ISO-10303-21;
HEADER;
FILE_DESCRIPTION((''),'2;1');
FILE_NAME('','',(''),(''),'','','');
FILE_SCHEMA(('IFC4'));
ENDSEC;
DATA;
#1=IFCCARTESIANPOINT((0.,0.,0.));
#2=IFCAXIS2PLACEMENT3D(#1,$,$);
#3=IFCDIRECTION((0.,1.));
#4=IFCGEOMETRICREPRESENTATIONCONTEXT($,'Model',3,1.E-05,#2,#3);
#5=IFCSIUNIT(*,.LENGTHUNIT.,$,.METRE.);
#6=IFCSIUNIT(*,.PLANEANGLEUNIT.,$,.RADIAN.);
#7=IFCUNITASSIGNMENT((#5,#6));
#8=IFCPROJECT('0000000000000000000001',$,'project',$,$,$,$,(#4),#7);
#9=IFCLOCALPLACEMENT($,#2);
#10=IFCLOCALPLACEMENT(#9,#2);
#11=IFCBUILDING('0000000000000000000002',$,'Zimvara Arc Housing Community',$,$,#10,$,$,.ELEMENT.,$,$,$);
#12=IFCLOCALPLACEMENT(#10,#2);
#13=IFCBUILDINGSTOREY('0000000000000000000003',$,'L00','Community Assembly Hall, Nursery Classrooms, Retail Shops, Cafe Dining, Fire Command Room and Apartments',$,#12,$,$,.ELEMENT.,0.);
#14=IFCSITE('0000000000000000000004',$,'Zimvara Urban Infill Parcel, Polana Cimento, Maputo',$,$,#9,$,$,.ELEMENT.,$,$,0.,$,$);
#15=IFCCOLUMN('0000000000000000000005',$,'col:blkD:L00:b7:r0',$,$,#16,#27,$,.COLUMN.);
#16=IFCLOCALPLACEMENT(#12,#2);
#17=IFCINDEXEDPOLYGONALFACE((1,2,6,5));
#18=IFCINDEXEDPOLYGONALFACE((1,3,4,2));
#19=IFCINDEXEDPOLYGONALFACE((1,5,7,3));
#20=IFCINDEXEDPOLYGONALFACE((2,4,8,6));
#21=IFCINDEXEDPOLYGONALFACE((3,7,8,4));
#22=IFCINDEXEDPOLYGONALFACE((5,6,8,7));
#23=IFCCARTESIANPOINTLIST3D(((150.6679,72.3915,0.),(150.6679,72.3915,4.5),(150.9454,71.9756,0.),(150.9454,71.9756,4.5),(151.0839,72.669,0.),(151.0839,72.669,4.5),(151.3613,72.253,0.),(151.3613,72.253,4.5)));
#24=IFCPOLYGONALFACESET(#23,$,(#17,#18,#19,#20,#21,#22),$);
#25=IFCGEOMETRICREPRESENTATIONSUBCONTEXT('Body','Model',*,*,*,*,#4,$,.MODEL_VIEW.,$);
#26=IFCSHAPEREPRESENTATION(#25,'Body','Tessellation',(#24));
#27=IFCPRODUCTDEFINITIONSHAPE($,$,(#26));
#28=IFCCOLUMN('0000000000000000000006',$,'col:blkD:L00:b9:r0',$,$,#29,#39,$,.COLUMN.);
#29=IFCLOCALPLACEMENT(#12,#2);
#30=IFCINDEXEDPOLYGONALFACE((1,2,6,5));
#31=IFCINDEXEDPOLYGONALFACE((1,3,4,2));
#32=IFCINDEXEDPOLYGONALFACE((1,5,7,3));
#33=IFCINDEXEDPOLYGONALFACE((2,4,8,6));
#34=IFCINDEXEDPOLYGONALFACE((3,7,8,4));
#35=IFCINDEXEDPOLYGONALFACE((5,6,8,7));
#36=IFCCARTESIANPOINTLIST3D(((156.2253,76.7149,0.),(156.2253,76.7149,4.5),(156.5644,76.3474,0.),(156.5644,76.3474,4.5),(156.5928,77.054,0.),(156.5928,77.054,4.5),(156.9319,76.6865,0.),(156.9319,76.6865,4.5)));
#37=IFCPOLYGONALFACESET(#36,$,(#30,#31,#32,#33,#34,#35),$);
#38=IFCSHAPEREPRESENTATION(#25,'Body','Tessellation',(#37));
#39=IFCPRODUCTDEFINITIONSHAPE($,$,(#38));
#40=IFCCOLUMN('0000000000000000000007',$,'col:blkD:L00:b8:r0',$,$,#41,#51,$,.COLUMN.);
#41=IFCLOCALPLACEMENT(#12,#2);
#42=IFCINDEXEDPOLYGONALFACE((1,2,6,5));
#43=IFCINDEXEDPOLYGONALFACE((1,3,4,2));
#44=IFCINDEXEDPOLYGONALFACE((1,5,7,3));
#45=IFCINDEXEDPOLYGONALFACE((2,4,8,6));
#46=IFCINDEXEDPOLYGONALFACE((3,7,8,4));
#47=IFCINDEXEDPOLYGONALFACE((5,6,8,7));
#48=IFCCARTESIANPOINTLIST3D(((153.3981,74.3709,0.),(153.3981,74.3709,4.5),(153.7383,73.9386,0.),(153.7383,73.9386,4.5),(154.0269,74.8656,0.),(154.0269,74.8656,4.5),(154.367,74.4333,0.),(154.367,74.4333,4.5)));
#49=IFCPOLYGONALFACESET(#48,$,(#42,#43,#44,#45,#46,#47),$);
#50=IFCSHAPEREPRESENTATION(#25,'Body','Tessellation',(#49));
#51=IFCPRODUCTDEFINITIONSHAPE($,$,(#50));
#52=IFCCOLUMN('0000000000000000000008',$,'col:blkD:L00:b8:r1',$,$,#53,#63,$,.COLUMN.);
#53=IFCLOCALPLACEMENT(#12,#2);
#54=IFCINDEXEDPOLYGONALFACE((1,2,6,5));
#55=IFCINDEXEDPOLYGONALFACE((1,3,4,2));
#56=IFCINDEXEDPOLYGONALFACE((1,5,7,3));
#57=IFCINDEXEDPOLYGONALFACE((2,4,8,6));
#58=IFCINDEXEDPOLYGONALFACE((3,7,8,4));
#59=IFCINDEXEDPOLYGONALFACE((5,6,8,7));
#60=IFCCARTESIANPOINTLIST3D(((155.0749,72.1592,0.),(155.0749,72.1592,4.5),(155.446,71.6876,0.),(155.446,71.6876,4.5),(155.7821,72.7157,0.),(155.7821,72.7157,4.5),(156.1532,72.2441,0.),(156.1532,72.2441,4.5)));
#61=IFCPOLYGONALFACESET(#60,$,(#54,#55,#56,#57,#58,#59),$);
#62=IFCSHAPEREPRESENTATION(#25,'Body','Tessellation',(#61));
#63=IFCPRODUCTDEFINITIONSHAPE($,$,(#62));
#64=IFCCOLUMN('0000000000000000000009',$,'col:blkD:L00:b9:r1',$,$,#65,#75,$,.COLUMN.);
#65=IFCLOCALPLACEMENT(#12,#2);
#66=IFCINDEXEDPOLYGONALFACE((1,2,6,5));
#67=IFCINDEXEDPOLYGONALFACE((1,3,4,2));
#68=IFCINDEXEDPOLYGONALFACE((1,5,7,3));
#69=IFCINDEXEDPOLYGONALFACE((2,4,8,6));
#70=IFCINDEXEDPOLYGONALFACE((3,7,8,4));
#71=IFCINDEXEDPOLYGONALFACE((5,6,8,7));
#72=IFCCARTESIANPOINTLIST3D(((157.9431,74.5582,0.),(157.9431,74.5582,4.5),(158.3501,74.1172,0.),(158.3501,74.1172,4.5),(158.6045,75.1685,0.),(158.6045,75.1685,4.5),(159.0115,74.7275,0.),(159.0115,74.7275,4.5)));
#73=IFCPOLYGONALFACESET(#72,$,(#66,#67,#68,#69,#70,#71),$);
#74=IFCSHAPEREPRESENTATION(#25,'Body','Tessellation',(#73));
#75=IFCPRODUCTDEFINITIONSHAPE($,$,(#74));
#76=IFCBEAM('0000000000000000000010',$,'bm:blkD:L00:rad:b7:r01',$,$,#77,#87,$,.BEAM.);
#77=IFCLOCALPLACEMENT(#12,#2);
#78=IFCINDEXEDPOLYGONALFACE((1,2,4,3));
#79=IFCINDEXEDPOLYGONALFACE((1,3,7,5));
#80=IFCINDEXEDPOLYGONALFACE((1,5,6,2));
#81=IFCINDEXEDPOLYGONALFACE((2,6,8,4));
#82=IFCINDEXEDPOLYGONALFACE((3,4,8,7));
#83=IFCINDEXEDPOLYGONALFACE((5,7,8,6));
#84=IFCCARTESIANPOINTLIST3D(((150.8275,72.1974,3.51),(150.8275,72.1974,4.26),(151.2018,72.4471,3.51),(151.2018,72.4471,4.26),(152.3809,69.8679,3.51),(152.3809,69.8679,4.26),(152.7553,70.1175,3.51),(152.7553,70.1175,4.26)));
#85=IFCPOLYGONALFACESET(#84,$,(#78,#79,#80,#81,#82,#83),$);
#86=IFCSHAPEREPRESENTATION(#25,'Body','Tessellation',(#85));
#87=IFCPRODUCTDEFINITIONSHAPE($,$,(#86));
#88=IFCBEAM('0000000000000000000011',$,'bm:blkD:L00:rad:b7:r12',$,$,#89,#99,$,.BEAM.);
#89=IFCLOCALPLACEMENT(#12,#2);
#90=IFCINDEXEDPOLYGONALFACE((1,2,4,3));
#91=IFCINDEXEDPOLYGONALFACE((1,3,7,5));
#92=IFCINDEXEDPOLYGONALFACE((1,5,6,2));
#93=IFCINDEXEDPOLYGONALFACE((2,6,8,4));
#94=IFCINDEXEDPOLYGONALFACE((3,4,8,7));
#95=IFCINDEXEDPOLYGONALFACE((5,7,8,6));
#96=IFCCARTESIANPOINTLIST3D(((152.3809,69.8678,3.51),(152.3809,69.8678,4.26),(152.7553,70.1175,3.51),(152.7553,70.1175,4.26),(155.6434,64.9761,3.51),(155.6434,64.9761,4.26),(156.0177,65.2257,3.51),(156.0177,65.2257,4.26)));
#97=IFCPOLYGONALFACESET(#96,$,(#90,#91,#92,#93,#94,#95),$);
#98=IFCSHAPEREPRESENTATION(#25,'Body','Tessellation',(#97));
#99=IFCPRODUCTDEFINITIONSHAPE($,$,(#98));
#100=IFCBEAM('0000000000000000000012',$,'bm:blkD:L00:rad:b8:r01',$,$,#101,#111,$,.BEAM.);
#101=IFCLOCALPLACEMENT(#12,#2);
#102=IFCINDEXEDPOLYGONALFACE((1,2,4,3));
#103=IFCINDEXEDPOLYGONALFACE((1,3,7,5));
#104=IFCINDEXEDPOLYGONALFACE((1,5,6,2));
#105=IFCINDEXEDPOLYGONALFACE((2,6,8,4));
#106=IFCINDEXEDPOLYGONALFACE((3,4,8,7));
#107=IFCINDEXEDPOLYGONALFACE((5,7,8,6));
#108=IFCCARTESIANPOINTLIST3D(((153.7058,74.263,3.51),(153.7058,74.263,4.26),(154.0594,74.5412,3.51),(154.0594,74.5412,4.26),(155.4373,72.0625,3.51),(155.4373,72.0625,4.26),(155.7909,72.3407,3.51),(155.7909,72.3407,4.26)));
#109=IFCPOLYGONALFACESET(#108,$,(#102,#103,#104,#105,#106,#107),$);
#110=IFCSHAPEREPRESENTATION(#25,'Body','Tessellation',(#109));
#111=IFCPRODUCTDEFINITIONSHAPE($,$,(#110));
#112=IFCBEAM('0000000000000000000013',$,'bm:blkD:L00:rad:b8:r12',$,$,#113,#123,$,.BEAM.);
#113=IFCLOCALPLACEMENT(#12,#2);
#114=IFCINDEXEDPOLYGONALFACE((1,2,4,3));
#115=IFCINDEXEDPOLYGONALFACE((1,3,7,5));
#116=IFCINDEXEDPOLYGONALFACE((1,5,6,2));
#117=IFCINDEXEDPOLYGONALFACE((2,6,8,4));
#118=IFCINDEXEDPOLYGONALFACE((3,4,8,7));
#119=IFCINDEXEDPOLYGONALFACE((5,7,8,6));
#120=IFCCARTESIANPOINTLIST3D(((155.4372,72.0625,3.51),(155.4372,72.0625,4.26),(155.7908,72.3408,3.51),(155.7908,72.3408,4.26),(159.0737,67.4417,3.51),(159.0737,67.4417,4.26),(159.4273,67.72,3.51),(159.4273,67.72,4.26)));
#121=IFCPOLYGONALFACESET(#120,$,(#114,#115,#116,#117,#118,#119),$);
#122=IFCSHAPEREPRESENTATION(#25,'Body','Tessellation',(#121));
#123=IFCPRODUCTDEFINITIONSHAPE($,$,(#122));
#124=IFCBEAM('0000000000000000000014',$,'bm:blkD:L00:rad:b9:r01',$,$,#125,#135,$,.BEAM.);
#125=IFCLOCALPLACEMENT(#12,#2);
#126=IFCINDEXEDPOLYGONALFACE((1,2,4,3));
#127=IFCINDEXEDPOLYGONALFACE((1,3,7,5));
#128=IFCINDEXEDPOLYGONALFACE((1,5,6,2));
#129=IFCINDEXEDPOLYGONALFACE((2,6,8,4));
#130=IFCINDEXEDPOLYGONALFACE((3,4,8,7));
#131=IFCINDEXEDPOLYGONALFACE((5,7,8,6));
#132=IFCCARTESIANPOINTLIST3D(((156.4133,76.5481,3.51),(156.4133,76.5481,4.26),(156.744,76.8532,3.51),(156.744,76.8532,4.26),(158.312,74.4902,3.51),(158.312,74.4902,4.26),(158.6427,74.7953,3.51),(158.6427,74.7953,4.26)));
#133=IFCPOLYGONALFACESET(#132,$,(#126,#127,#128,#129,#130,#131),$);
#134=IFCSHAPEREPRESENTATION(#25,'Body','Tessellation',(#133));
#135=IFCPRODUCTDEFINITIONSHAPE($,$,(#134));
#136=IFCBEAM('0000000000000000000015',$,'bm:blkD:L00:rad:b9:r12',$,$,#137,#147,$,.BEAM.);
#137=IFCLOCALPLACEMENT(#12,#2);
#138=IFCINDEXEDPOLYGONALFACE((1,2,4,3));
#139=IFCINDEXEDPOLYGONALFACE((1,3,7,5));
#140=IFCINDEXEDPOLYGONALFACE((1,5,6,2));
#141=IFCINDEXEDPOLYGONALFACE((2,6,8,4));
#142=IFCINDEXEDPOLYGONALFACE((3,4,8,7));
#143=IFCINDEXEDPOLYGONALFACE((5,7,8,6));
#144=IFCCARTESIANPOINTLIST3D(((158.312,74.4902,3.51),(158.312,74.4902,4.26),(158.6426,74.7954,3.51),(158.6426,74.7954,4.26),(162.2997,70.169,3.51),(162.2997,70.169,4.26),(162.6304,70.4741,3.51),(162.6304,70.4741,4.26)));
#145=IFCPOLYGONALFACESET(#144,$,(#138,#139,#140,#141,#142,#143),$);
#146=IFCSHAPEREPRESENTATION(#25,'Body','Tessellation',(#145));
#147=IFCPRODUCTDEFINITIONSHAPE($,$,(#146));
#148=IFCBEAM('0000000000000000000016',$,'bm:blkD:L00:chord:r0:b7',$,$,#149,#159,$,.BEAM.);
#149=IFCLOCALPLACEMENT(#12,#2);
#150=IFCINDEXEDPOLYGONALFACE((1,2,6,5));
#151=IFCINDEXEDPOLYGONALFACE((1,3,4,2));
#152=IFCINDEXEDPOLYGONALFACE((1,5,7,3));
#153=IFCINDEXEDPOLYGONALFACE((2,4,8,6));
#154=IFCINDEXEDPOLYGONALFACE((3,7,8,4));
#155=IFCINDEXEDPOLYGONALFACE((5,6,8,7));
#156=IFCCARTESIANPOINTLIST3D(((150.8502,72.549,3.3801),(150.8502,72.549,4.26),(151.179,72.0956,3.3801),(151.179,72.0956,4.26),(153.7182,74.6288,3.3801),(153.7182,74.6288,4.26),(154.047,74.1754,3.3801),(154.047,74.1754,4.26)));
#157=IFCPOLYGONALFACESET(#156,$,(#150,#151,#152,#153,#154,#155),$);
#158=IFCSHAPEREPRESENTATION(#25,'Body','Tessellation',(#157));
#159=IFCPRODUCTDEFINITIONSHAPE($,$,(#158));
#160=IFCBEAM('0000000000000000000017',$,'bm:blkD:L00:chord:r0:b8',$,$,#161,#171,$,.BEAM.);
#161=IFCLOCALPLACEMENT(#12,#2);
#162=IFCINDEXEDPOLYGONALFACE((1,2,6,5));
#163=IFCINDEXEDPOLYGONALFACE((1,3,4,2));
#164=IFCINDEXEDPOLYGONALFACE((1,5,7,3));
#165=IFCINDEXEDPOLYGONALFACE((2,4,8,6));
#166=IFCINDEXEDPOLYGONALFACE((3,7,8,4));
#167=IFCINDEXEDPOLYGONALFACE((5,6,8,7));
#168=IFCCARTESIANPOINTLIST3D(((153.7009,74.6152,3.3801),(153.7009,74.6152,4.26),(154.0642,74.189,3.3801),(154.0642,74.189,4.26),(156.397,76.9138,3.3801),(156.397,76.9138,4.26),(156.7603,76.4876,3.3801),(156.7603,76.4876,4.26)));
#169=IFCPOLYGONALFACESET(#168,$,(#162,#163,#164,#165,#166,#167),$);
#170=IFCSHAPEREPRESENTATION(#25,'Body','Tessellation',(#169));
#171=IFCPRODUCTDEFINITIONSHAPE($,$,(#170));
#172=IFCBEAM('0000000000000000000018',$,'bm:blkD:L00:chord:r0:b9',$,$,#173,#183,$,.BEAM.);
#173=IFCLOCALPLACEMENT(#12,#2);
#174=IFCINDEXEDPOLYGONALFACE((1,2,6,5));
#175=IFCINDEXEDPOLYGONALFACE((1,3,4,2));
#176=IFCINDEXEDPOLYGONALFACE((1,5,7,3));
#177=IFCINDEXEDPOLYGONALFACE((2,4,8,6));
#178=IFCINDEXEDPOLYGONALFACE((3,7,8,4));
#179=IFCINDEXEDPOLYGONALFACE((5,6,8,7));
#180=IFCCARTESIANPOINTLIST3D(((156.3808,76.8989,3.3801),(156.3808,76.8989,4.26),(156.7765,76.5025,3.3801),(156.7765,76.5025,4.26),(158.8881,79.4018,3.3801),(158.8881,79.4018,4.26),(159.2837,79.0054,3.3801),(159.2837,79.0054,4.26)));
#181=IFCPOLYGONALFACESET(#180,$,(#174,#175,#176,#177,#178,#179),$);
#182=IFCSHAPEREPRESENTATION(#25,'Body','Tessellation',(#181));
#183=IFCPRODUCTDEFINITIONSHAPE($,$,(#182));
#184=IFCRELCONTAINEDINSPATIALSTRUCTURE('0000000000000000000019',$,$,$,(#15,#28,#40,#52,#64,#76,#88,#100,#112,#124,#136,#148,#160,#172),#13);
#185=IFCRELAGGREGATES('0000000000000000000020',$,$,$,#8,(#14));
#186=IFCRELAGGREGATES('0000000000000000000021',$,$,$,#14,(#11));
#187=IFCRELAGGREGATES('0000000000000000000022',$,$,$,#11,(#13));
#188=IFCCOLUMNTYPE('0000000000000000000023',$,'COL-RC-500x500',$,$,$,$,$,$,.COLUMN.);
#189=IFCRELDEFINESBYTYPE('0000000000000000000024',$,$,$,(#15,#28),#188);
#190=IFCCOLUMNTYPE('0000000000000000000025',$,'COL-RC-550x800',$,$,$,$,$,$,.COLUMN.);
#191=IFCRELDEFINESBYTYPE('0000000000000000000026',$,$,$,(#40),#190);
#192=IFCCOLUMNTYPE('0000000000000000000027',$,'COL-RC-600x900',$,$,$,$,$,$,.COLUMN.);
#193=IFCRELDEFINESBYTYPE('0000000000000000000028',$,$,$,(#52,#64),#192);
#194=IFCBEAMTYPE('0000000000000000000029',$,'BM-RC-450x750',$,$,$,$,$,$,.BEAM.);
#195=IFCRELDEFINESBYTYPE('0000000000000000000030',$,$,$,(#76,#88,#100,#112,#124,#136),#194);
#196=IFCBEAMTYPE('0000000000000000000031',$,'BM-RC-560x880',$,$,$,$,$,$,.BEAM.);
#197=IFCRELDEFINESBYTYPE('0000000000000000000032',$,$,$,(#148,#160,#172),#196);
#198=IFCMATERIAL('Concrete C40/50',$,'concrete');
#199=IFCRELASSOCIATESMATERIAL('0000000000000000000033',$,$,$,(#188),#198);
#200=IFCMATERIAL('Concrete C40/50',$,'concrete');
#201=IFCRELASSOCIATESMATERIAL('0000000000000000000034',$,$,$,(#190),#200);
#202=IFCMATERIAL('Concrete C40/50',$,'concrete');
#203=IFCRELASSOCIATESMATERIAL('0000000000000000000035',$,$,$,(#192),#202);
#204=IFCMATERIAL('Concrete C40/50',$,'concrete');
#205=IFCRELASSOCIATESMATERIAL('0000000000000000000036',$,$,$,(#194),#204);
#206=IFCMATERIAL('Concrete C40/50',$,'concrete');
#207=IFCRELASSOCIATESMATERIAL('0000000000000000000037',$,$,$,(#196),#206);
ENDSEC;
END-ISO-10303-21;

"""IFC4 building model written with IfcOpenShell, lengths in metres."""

from ifc_helpers import new_model, si_unit, direction, frame, origin, origin_2d, place, context, subcontext, project, spatial, rectangle, extrude, material, material_profile, profile_set, type_object, element, save


model = new_model("IFC4")

# Units and contexts
model_context = context("Model", 3, precision=1e-05, world=origin(), true_north=direction((0.0, 1.0)))
body_context = subcontext(model_context, "Body", "Model", "MODEL_VIEW")
ifc_project = project(units=[si_unit("LENGTHUNIT", "METRE"), si_unit("PLANEANGLEUNIT", "RADIAN")], contexts=[model_context])

# Site, building, storey
site_placement = place(None, origin())
site = spatial("IfcSite", under=ifc_project, at=site_placement, Name="Zimvara Urban Infill Parcel, Polana Cimento, Maputo", CompositionType="ELEMENT", RefElevation=0.0)
building_placement = place(site_placement, origin())
building = spatial("IfcBuilding", under=site, at=building_placement, Name="Zimvara Arc Housing Community", CompositionType="ELEMENT")
storey_placement = place(building_placement, origin())
storey = spatial("IfcBuildingStorey", under=building, at=storey_placement, Name="L00", Description="Community Assembly Hall, Nursery Classrooms, Retail Shops, Cafe Dining, Fire Command Room and Apartments", CompositionType="ELEMENT", Elevation=0.0)

# Columns
ifc_material_1 = material(Name="Concrete C40/50", Category="concrete")
ifc_material_profile_1 = material_profile(ifc_material_1, rectangle(XDim=0.5, YDim=0.5, at=origin_2d()), Name="RC 500x500")
ifc_profile_set_1 = profile_set([ifc_material_profile_1], Name="Concrete C40/50")
column_type_1 = type_object("IfcColumnType", Name="COL-RC-500x500", PredefinedType="COLUMN", material=ifc_profile_set_1)
for number, where, z_axis, x_axis, name in (
    (1, (151.0146, 72.3223, 0.0), (0.0, 0.0, 1.0), (0.554844, -0.831954, 0.0), "col:blkD:L00:b7:r0"),
    (2, (156.5786, 76.7007, 0.0), (0.0, 0.0, 1.0), (0.67816, -0.734915, 0.0), "col:blkD:L00:b9:r0"),
):
    element("IfcColumn", number, at=place(storey_placement, frame(where, z_axis=z_axis, x_axis=x_axis)), inside=storey, type_object=column_type_1, Name=name, PredefinedType="COLUMN", context=body_context, shape_type="SweptSolid", body=[
        extrude(rectangle(XDim=0.5, YDim=0.5, at=origin_2d()), origin(), (0.0, 0.0, 1.0), 4.5),
    ])
ifc_material_2 = material(Name="Concrete C40/50", Category="concrete")
ifc_material_profile_2 = material_profile(ifc_material_2, rectangle(XDim=0.55, YDim=0.8, at=origin_2d()), Name="RC 550x800")
ifc_profile_set_2 = profile_set([ifc_material_profile_2], Name="Concrete C40/50")
column_type_2 = type_object("IfcColumnType", Name="COL-RC-550x800", PredefinedType="COLUMN", material=ifc_profile_set_2)
column_placement = place(storey_placement, frame((153.8826, 74.4021, 0.0), z_axis=(0.0, 0.0, 1.0), x_axis=(0.618408, -0.785857, 0.0)))
element("IfcColumn", 3, at=column_placement, inside=storey, type_object=column_type_2, Name="col:blkD:L00:b8:r0", PredefinedType="COLUMN", context=body_context, shape_type="SweptSolid", body=[
    extrude(rectangle(XDim=0.55, YDim=0.8, at=origin_2d()), origin(), (0.0, 0.0, 1.0), 4.5),
])
ifc_material_3 = material(Name="Concrete C40/50", Category="concrete")
ifc_material_profile_3 = material_profile(ifc_material_3, rectangle(XDim=0.6001, YDim=0.8999, at=origin_2d()), Name="RC 600x900")
ifc_profile_set_3 = profile_set([ifc_material_profile_3], Name="Concrete C40/50")
column_type_3 = type_object("IfcColumnType", Name="COL-RC-600x900", PredefinedType="COLUMN", material=ifc_profile_set_3)
for number, where, z_axis, x_axis, name in (
    (4, (155.614, 72.2017, 0.0), (0.0, 0.0, 1.0), (0.618408, -0.785857, 0.0), "col:blkD:L00:b8:r1"),
    (5, (158.4773, 74.6428, 0.0), (0.0, 0.0, 1.0), (0.67816, -0.734915, 0.0), "col:blkD:L00:b9:r1"),
):
    element("IfcColumn", number, at=place(storey_placement, frame(where, z_axis=z_axis, x_axis=x_axis)), inside=storey, type_object=column_type_3, Name=name, PredefinedType="COLUMN", context=body_context, shape_type="SweptSolid", body=[
        extrude(rectangle(XDim=0.6001, YDim=0.8999, at=origin_2d()), origin(), (0.0, 0.0, 1.0), 4.5),
    ])

# Beams
ifc_material_4 = material(Name="Concrete C40/50", Category="concrete")
ifc_material_profile_4 = material_profile(ifc_material_4, rectangle(XDim=0.45, YDim=0.75, at=origin_2d()), Name="RC 450x750")
ifc_profile_set_4 = profile_set([ifc_material_profile_4], Name="Concrete C40/50")
beam_type_1 = type_object("IfcBeamType", Name="BM-RC-450x750", PredefinedType="BEAM", material=ifc_profile_set_4)
beam_1_placement = place(storey_placement, frame((151.0146, 72.3223, 3.885), z_axis=(0.554801, -0.831983, 0.0), x_axis=(0.831983, 0.554801, 0.0)))
element("IfcBeam", 6, at=beam_1_placement, inside=storey, type_object=beam_type_1, Name="bm:blkD:L00:rad:b7:r01", PredefinedType="BEAM", context=body_context, shape_type="SweptSolid", body=[
    extrude(rectangle(XDim=0.45, YDim=0.75, at=origin_2d()), origin(), (0.0, 0.0, 1.0), 2.8),
])
beam_2_placement = place(storey_placement, frame((152.5681, 69.9927, 3.885), z_axis=(0.554844, -0.831954, 0.0), x_axis=(0.831954, 0.554844, 0.0)))
element("IfcBeam", 7, at=beam_2_placement, inside=storey, type_object=beam_type_1, Name="bm:blkD:L00:rad:b7:r12", PredefinedType="BEAM", context=body_context, shape_type="SweptSolid", body=[
    extrude(rectangle(XDim=0.45, YDim=0.75, at=origin_2d()), origin(), (0.0, 0.0, 1.0), 5.8799),
])
beam_3_placement = place(storey_placement, frame((153.8826, 74.4021, 3.885), z_axis=(0.61838, -0.785879, 0.0), x_axis=(0.785879, 0.61838, 0.0)))
element("IfcBeam", 8, at=beam_3_placement, inside=storey, type_object=beam_type_1, Name="bm:blkD:L00:rad:b8:r01", PredefinedType="BEAM", context=body_context, shape_type="SweptSolid", body=[
    extrude(rectangle(XDim=0.45, YDim=0.75, at=origin_2d()), origin(), (0.0, 0.0, 1.0), 2.8),
])
beam_4_placement = place(storey_placement, frame((155.614, 72.2017, 3.885), z_axis=(0.618432, -0.785838, 0.0), x_axis=(0.785838, 0.618432, 0.0)))
element("IfcBeam", 9, at=beam_4_placement, inside=storey, type_object=beam_type_1, Name="bm:blkD:L00:rad:b8:r12", PredefinedType="BEAM", context=body_context, shape_type="SweptSolid", body=[
    extrude(rectangle(XDim=0.45, YDim=0.75, at=origin_2d()), origin(), (0.0, 0.0, 1.0), 5.8801),
])
beam_5_placement = place(storey_placement, frame((156.5786, 76.7007, 3.885), z_axis=(0.67811, -0.734961, 0.0), x_axis=(0.734961, 0.67811, 0.0)))
element("IfcBeam", 10, at=beam_5_placement, inside=storey, type_object=beam_type_1, Name="bm:blkD:L00:rad:b9:r01", PredefinedType="BEAM", context=body_context, shape_type="SweptSolid", body=[
    extrude(rectangle(XDim=0.45, YDim=0.75, at=origin_2d()), origin(), (0.0, 0.0, 1.0), 2.8),
])
beam_6_placement = place(storey_placement, frame((158.4773, 74.6428, 3.885), z_axis=(0.67818, -0.734896, 0.0), x_axis=(0.734896, 0.67818, 0.0)))
element("IfcBeam", 11, at=beam_6_placement, inside=storey, type_object=beam_type_1, Name="bm:blkD:L00:rad:b9:r12", PredefinedType="BEAM", context=body_context, shape_type="SweptSolid", body=[
    extrude(rectangle(XDim=0.45, YDim=0.75, at=origin_2d()), origin(), (0.0, 0.0, 1.0), 5.8801),
])
ifc_material_5 = material(Name="Concrete C40/50", Category="concrete")
ifc_material_profile_5 = material_profile(ifc_material_5, rectangle(XDim=0.5601, YDim=0.8799, at=origin_2d()), Name="RC 560x880")
ifc_profile_set_5 = profile_set([ifc_material_profile_5], Name="Concrete C40/50")
beam_type_2 = type_object("IfcBeamType", Name="BM-RC-560x880", PredefinedType="BEAM", material=ifc_profile_set_5)
beam_7_placement = place(storey_placement, frame((151.0146, 72.3223, 3.8201), z_axis=(0.809531, 0.587077, 0.0), x_axis=(-0.587077, 0.809531, 0.0)))
element("IfcBeam", 12, at=beam_7_placement, inside=storey, type_object=beam_type_2, Name="bm:blkD:L00:chord:r0:b7", PredefinedType="BEAM", context=body_context, shape_type="SweptSolid", body=[
    extrude(rectangle(XDim=0.5601, YDim=0.8799, at=origin_2d()), origin(), (0.0, 0.0, 1.0), 3.5427),
])
beam_8_placement = place(storey_placement, frame((153.8826, 74.4021, 3.8201), z_axis=(0.760971, 0.648786, 0.0), x_axis=(-0.648786, 0.760971, 0.0)))
element("IfcBeam", 13, at=beam_8_placement, inside=storey, type_object=beam_type_2, Name="bm:blkD:L00:chord:r0:b8", PredefinedType="BEAM", context=body_context, shape_type="SweptSolid", body=[
    extrude(rectangle(XDim=0.5601, YDim=0.8799, at=origin_2d()), origin(), (0.0, 0.0, 1.0), 3.543),
])
beam_9_placement = place(storey_placement, frame((156.5786, 76.7007, 3.8201), z_axis=(0.707727, 0.706486, 0.0), x_axis=(-0.706486, 0.707727, 0.0)))
element("IfcBeam", 14, at=beam_9_placement, inside=storey, type_object=beam_type_2, Name="bm:blkD:L00:chord:r0:b9", PredefinedType="BEAM", context=body_context, shape_type="SweptSolid", body=[
    extrude(rectangle(XDim=0.5601, YDim=0.8799, at=origin_2d()), origin(), (0.0, 0.0, 1.0), 3.5427),
])

save(model, "model.ifc")
